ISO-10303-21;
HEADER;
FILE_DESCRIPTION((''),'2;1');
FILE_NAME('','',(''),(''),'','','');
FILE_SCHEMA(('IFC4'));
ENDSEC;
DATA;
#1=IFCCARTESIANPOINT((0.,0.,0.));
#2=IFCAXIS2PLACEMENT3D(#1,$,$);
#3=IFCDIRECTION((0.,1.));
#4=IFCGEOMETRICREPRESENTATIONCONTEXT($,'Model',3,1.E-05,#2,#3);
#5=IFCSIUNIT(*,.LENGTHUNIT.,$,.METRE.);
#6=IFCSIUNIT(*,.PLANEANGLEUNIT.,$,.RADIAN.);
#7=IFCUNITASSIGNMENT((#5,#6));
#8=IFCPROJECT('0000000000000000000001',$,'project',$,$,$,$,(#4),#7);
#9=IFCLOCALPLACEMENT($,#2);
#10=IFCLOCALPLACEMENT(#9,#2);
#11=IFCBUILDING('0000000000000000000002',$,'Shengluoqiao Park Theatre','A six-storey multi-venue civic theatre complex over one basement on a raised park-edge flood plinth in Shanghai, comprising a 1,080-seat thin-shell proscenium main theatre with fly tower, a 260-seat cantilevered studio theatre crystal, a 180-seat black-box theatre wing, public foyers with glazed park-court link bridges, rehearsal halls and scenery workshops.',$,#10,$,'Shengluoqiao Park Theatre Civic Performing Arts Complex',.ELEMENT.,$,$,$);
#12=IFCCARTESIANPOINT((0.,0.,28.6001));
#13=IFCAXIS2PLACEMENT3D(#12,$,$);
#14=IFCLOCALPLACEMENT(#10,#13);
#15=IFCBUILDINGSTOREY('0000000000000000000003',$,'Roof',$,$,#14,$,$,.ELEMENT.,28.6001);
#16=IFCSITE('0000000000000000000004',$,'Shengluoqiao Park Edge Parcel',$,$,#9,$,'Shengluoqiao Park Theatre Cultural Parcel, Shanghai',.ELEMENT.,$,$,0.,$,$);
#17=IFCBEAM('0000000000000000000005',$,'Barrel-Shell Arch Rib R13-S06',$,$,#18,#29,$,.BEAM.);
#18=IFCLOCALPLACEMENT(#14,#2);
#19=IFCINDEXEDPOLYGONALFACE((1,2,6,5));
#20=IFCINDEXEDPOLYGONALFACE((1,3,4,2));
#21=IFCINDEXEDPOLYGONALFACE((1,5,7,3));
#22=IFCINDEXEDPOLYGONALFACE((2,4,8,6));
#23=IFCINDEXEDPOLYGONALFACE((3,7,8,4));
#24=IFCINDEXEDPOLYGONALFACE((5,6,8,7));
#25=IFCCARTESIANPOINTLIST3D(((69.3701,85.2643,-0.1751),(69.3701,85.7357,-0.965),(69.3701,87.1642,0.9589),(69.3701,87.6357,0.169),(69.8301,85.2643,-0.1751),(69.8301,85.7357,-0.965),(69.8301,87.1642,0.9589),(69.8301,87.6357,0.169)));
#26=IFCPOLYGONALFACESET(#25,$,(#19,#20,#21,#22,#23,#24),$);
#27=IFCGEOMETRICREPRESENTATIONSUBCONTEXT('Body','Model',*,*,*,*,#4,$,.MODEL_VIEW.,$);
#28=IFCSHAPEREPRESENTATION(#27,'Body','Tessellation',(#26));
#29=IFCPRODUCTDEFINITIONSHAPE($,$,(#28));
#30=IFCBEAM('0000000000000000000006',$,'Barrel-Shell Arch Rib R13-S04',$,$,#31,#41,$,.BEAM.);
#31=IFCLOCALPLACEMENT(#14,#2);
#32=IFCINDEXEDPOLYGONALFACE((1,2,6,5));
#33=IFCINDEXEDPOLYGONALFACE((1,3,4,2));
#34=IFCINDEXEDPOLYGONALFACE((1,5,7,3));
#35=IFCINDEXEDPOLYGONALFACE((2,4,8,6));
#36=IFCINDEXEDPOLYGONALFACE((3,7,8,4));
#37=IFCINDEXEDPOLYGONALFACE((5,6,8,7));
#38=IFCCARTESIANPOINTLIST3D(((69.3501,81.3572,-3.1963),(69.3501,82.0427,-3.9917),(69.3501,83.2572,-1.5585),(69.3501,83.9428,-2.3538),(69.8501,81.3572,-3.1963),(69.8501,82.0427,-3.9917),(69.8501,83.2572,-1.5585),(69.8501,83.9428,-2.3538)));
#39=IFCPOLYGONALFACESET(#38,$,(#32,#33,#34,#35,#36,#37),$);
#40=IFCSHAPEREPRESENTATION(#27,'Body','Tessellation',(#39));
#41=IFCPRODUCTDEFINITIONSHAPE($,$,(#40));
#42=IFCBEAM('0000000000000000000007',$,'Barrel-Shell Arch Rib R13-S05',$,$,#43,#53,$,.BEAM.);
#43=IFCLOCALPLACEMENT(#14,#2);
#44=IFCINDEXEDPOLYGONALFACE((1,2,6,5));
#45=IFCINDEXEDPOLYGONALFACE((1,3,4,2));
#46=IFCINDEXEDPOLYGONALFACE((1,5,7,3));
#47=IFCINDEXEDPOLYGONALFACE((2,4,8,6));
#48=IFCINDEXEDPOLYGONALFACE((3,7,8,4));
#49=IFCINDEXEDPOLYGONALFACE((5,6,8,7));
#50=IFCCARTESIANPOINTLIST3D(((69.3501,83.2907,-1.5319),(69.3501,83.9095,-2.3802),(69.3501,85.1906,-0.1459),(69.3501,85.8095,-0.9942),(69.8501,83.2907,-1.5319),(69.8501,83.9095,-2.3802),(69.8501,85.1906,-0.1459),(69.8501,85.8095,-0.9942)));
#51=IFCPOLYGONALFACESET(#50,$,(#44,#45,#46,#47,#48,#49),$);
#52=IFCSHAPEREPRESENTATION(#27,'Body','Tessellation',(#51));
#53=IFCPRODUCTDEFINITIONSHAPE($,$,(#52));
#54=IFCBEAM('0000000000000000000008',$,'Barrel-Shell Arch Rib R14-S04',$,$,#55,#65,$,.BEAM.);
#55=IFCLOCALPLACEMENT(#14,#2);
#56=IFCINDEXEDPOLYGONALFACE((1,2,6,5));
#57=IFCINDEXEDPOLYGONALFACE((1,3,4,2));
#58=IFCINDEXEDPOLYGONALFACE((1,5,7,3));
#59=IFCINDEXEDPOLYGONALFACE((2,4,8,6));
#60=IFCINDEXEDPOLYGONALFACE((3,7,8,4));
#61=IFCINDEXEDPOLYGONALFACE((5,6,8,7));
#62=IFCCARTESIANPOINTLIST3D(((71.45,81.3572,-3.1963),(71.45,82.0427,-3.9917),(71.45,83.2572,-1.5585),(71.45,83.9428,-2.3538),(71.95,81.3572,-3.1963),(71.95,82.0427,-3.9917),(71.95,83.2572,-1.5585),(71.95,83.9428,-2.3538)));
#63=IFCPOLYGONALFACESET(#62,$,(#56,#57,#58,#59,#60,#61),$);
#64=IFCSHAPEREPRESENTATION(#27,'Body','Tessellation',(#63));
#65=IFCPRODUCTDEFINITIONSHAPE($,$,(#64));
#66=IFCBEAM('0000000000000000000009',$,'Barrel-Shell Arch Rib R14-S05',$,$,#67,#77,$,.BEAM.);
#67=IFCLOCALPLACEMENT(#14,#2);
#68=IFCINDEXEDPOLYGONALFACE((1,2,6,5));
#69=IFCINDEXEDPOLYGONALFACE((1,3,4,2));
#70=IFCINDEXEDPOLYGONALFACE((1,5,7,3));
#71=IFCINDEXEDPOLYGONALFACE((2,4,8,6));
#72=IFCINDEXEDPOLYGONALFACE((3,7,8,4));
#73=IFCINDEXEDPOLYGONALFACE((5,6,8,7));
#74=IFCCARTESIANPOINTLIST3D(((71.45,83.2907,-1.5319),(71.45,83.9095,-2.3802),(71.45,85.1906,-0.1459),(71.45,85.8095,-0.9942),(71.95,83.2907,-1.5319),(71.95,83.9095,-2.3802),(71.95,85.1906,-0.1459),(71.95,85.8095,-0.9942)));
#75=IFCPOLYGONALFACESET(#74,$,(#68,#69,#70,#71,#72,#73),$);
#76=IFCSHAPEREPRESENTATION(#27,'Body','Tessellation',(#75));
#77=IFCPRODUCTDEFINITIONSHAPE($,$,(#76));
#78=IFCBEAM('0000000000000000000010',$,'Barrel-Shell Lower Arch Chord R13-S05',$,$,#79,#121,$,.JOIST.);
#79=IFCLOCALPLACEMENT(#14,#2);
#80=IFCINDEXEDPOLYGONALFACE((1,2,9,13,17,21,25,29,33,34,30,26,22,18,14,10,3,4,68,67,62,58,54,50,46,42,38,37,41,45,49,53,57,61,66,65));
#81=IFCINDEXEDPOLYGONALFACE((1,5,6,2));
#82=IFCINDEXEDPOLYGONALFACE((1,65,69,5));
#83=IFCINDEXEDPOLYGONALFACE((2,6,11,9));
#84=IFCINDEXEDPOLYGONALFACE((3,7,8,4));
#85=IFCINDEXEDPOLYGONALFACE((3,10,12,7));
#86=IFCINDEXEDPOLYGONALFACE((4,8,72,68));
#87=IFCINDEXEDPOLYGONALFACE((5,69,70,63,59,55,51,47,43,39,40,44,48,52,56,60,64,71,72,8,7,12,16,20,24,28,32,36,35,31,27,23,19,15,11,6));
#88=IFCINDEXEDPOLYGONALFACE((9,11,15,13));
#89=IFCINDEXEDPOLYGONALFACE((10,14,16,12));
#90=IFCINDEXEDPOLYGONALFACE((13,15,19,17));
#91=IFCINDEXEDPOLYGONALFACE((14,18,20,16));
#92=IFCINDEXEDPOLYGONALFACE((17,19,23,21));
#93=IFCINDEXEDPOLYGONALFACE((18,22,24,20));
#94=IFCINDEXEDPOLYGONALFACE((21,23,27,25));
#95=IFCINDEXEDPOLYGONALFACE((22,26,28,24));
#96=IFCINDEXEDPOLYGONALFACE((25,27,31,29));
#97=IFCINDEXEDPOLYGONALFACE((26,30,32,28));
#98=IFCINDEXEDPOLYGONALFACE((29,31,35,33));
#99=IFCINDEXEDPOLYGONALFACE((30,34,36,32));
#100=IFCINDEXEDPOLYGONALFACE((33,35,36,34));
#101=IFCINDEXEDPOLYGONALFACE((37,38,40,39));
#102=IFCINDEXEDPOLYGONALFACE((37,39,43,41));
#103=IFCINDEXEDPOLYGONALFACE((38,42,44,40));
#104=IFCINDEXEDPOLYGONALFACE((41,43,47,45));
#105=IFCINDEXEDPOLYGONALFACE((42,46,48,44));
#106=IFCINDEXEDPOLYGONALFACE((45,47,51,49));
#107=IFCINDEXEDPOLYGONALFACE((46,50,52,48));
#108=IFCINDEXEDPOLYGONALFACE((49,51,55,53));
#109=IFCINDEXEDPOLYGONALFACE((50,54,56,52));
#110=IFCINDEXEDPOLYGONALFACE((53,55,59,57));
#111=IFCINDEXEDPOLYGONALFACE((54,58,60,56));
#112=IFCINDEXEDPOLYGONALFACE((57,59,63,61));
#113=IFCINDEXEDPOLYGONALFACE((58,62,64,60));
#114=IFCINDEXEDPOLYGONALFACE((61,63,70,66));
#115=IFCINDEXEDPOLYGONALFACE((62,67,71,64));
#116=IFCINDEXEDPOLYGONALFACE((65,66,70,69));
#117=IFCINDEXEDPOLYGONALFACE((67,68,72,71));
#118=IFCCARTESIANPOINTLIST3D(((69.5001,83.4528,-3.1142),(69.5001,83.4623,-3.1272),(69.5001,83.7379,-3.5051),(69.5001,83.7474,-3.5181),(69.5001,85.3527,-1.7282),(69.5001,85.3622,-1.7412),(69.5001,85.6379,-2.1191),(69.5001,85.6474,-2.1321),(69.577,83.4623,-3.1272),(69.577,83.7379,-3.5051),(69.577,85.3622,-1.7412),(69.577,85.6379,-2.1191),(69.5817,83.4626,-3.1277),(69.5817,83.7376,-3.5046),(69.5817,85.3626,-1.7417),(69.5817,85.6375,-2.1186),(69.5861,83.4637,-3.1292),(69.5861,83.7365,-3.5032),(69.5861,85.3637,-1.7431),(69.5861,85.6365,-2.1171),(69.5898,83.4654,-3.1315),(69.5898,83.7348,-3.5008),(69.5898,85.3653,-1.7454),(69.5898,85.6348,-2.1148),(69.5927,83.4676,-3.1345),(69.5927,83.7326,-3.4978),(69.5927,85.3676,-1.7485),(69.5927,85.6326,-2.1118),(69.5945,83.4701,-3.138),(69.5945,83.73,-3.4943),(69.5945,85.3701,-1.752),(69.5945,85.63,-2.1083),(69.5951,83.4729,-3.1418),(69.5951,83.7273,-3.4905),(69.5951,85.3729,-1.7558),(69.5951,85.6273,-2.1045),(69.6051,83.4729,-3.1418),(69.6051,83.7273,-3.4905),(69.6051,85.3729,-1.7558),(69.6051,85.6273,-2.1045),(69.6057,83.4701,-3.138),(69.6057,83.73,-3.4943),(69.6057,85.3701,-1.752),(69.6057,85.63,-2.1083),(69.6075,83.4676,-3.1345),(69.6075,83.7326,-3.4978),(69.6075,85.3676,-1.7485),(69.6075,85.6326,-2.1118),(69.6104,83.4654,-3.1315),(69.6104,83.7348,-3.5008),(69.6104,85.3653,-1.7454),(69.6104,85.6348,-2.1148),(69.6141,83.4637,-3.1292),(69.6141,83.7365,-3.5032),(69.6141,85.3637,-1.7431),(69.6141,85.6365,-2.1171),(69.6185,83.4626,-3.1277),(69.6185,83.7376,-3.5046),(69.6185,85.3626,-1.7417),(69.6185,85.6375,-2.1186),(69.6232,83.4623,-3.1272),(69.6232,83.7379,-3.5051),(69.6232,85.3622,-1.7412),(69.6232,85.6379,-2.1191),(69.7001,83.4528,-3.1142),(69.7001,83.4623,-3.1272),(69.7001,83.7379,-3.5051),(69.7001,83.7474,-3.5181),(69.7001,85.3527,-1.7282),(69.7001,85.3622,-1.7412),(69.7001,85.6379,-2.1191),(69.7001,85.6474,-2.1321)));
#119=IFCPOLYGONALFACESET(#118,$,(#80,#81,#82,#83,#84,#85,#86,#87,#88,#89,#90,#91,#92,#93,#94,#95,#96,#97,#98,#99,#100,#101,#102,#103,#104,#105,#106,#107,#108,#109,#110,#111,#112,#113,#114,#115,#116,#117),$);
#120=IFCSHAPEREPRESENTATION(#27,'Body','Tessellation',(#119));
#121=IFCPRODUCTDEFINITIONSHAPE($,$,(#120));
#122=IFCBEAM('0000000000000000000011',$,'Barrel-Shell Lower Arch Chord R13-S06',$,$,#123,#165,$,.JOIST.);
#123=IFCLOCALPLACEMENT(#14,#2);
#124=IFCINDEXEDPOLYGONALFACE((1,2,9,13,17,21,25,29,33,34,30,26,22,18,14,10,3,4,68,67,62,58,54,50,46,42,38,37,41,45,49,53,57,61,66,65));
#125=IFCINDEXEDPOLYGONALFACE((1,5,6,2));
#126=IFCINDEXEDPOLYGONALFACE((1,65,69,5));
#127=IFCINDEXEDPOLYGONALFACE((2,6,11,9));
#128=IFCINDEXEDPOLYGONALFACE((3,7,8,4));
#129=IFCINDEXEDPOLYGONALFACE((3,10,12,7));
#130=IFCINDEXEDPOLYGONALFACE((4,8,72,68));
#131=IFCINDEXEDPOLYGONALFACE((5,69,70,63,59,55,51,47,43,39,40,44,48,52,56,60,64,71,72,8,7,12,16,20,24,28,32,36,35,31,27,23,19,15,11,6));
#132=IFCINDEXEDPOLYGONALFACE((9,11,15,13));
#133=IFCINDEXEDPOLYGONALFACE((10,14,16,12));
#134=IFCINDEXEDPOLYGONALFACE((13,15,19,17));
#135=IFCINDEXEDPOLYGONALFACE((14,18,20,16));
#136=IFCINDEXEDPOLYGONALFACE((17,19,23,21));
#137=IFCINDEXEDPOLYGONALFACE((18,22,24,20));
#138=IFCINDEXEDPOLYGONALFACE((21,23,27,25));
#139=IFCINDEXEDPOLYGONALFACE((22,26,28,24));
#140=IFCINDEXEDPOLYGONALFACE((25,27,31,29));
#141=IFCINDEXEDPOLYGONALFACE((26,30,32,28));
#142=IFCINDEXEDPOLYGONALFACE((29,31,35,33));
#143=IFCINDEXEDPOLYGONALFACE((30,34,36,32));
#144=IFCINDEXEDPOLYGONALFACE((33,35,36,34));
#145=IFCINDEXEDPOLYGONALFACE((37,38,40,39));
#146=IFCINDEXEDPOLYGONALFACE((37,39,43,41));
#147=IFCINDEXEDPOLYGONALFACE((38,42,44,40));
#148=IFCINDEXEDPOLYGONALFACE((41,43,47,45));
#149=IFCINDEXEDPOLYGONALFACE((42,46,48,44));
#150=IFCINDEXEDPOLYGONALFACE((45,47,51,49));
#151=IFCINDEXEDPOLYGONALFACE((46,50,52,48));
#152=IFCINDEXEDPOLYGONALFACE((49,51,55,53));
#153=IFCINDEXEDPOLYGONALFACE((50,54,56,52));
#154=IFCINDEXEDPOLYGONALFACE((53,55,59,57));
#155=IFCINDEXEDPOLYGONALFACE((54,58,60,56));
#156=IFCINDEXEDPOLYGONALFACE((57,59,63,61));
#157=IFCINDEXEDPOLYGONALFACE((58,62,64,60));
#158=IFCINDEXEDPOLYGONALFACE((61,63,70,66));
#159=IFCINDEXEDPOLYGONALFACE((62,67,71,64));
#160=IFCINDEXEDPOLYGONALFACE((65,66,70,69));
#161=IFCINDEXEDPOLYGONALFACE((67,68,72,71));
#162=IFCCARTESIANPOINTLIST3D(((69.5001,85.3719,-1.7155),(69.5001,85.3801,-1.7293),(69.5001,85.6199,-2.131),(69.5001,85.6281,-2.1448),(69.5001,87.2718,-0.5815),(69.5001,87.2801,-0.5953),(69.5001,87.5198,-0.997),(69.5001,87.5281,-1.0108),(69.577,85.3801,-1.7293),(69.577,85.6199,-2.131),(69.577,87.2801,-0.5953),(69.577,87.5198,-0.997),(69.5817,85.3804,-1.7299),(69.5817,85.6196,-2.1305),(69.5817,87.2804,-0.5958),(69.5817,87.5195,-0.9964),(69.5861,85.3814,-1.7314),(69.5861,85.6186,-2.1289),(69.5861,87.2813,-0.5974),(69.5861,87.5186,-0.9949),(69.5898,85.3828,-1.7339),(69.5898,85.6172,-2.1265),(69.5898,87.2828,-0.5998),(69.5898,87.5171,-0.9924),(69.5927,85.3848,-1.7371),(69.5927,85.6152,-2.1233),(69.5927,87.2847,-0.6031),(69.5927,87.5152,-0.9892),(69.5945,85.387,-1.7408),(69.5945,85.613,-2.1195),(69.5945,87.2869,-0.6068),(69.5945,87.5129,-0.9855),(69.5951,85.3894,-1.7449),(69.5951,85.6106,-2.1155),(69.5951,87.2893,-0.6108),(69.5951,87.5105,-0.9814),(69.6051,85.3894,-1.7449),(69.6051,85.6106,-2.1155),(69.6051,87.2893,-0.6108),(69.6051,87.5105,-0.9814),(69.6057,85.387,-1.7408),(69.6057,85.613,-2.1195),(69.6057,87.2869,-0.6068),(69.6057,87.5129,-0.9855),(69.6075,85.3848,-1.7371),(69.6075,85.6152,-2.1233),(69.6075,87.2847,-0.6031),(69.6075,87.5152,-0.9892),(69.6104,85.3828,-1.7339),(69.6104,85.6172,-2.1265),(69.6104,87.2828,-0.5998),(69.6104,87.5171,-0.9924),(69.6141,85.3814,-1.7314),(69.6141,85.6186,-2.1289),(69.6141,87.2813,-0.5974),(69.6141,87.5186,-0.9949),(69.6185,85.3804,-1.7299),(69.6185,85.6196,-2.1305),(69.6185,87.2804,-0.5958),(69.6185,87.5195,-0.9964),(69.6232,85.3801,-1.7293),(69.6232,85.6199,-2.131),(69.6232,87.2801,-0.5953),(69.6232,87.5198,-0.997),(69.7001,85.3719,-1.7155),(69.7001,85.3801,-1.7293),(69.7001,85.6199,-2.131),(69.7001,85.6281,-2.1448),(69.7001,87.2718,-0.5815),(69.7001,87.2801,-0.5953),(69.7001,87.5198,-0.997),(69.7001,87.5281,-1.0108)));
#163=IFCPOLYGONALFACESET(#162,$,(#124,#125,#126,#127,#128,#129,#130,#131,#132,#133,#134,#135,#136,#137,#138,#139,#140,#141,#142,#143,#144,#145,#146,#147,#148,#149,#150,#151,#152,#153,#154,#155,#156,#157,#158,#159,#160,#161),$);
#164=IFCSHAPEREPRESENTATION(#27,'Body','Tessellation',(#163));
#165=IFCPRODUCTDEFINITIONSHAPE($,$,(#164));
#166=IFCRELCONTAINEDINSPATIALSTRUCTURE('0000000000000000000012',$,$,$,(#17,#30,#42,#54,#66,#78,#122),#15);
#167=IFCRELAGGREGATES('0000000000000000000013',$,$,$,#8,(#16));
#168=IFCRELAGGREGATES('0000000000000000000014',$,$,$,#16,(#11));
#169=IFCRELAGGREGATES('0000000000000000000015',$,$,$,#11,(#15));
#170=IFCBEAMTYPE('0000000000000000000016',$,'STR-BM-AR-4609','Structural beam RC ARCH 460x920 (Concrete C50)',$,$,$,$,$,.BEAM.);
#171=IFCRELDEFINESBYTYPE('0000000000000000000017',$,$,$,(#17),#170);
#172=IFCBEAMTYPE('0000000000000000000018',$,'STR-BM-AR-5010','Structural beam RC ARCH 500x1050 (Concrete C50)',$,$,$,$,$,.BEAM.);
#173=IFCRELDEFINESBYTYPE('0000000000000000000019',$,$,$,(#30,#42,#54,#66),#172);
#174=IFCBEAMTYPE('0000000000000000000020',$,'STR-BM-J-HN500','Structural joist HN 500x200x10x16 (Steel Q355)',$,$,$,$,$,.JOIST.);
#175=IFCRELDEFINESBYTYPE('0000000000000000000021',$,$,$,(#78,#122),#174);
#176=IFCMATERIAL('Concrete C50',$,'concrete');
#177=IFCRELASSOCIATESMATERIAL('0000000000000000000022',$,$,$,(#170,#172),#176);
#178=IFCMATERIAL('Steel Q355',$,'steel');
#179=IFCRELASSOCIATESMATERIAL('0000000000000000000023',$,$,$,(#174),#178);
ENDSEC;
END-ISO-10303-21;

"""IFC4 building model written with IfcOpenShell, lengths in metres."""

from ifc_helpers import new_model, si_unit, direction, frame, origin, origin_2d, place, context, subcontext, project, spatial, rectangle, i_section, extrude, material, material_profile, profile_set, type_object, element, save


model = new_model("IFC4")

# Units and contexts
model_context = context("Model", 3, precision=1e-05, world=origin(), true_north=direction((0.0, 1.0)))
body_context = subcontext(model_context, "Body", "Model", "MODEL_VIEW")
ifc_project = project(units=[si_unit("LENGTHUNIT", "METRE"), si_unit("PLANEANGLEUNIT", "RADIAN")], contexts=[model_context])

# Site, building, storey
site_placement = place(None, origin())
site = spatial("IfcSite", under=ifc_project, at=site_placement, Name="Shengluoqiao Park Edge Parcel", LongName="Shengluoqiao Park Theatre Cultural Parcel, Shanghai", CompositionType="ELEMENT", RefElevation=0.0)
building_placement = place(site_placement, origin())
building = spatial("IfcBuilding", under=site, at=building_placement, Name="Shengluoqiao Park Theatre", Description="A six-storey multi-venue civic theatre complex over one basement on a raised park-edge flood plinth in Shanghai, comprising a 1,080-seat thin-shell proscenium main theatre with fly tower, a 260-seat cantilevered studio theatre crystal, a 180-seat black-box theatre wing, public foyers with glazed park-court link bridges, rehearsal halls and scenery workshops.", LongName="Shengluoqiao Park Theatre Civic Performing Arts Complex", CompositionType="ELEMENT")
storey_placement = place(building_placement, frame((0.0, 0.0, 28.6001)))
storey = spatial("IfcBuildingStorey", under=building, at=storey_placement, Name="Roof", CompositionType="ELEMENT", Elevation=28.6001)

# Beams
ifc_material_1 = material(Name="Concrete C50", Category="concrete")
ifc_material_profile_1 = material_profile(ifc_material_1, rectangle(XDim=0.46, YDim=0.9199, at=origin_2d()), Name="RC ARCH 460x920")
ifc_profile_set_1 = profile_set([ifc_material_profile_1], Name="Concrete C50")
beam_type_1 = type_object("IfcBeamType", Name="STR-BM-AR-4609", Description="Structural beam RC ARCH 460x920 (Concrete C50)", PredefinedType="BEAM", material=ifc_profile_set_1)
beam_1_placement = place(storey_placement, frame((69.6001, 85.5, -0.5701), z_axis=(0.0, 0.858669, 0.512531), x_axis=(-1.0, 0.0, 0.0)))
element("IfcBeam", 1, at=beam_1_placement, inside=storey, type_object=beam_type_1, Name="Barrel-Shell Arch Rib R13-S06", PredefinedType="BEAM", context=body_context, shape_type="SweptSolid", body=[
    extrude(rectangle(XDim=0.46, YDim=0.9199, at=origin_2d()), origin(), (0.0, 0.0, 1.0), 2.2126),
])
ifc_material_profile_2 = material_profile(ifc_material_1, rectangle(XDim=0.5, YDim=1.05, at=origin_2d()), Name="RC ARCH 500x1050")
ifc_profile_set_2 = profile_set([ifc_material_profile_2], Name="Concrete C50")
beam_type_2 = type_object("IfcBeamType", Name="STR-BM-AR-5010", Description="Structural beam RC ARCH 500x1050 (Concrete C50)", PredefinedType="BEAM", material=ifc_profile_set_2)
beam_2_placement = place(storey_placement, frame((69.6001, 81.7, -3.594), z_axis=(0.0, 0.757433, 0.652913), x_axis=(-1.0, 0.0, 0.0)))
element("IfcBeam", 2, at=beam_2_placement, inside=storey, type_object=beam_type_2, Name="Barrel-Shell Arch Rib R13-S04", PredefinedType="BEAM", context=body_context, shape_type="SweptSolid", body=[
    extrude(rectangle(XDim=0.5, YDim=1.05, at=origin_2d()), origin(), (0.0, 0.0, 1.0), 2.5085),
])
beam_3_placement = place(storey_placement, frame((69.6001, 83.6001, -1.9561), z_axis=(0.0, 0.807878, 0.58935), x_axis=(-1.0, 0.0, 0.0)))
element("IfcBeam", 3, at=beam_3_placement, inside=storey, type_object=beam_type_2, Name="Barrel-Shell Arch Rib R13-S05", PredefinedType="BEAM", context=body_context, shape_type="SweptSolid", body=[
    extrude(rectangle(XDim=0.5, YDim=1.05, at=origin_2d()), origin(), (0.0, 0.0, 1.0), 2.3518),
])
beam_4_placement = place(storey_placement, frame((71.7, 81.7, -3.594), z_axis=(0.0, 0.757433, 0.652913), x_axis=(-1.0, 0.0, 0.0)))
element("IfcBeam", 4, at=beam_4_placement, inside=storey, type_object=beam_type_2, Name="Barrel-Shell Arch Rib R14-S04", PredefinedType="BEAM", context=body_context, shape_type="SweptSolid", body=[
    extrude(rectangle(XDim=0.5, YDim=1.05, at=origin_2d()), origin(), (0.0, 0.0, 1.0), 2.5085),
])
beam_5_placement = place(storey_placement, frame((71.7, 83.6001, -1.9561), z_axis=(0.0, 0.807878, 0.58935), x_axis=(-1.0, 0.0, 0.0)))
element("IfcBeam", 5, at=beam_5_placement, inside=storey, type_object=beam_type_2, Name="Barrel-Shell Arch Rib R14-S05", PredefinedType="BEAM", context=body_context, shape_type="SweptSolid", body=[
    extrude(rectangle(XDim=0.5, YDim=1.05, at=origin_2d()), origin(), (0.0, 0.0, 1.0), 2.3518),
])
ifc_material_2 = material(Name="Steel Q355", Category="steel")
ifc_material_profile_3 = material_profile(ifc_material_2, i_section(OverallWidth=0.2, OverallDepth=0.5, WebThickness=0.01, FlangeThickness=0.0161, FilletRadius=0.0181, at=origin_2d()), Name="HN 500x200x10x16")
ifc_profile_set_3 = profile_set([ifc_material_profile_3], Name="Steel Q355")
beam_type_3 = type_object("IfcBeamType", Name="STR-BM-J-HN500", Description="Structural joist HN 500x200x10x16 (Steel Q355)", PredefinedType="JOIST", material=ifc_profile_set_3)
beam_6_placement = place(storey_placement, frame((69.6001, 83.6001, -3.3162), z_axis=(0.0, 0.807878, 0.58935), x_axis=(-1.0, 0.0, 0.0)))
element("IfcBeam", 6, at=beam_6_placement, inside=storey, type_object=beam_type_3, Name="Barrel-Shell Lower Arch Chord R13-S05", PredefinedType="JOIST", context=body_context, shape_type="SweptSolid", body=[
    extrude(i_section(OverallWidth=0.2, OverallDepth=0.5, WebThickness=0.01, FlangeThickness=0.0161, FilletRadius=0.0181, at=origin_2d()), origin(), (0.0, 0.0, 1.0), 2.3518),
])
beam_7_placement = place(storey_placement, frame((69.6001, 85.5, -1.9302), z_axis=(0.0, 0.858669, 0.512531), x_axis=(-1.0, 0.0, 0.0)))
element("IfcBeam", 7, at=beam_7_placement, inside=storey, type_object=beam_type_3, Name="Barrel-Shell Lower Arch Chord R13-S06", PredefinedType="JOIST", context=body_context, shape_type="SweptSolid", body=[
    extrude(i_section(OverallWidth=0.2, OverallDepth=0.5, WebThickness=0.01, FlangeThickness=0.0161, FilletRadius=0.0181, at=origin_2d()), origin(), (0.0, 0.0, 1.0), 2.2126),
])

save(model, "model.ifc")
